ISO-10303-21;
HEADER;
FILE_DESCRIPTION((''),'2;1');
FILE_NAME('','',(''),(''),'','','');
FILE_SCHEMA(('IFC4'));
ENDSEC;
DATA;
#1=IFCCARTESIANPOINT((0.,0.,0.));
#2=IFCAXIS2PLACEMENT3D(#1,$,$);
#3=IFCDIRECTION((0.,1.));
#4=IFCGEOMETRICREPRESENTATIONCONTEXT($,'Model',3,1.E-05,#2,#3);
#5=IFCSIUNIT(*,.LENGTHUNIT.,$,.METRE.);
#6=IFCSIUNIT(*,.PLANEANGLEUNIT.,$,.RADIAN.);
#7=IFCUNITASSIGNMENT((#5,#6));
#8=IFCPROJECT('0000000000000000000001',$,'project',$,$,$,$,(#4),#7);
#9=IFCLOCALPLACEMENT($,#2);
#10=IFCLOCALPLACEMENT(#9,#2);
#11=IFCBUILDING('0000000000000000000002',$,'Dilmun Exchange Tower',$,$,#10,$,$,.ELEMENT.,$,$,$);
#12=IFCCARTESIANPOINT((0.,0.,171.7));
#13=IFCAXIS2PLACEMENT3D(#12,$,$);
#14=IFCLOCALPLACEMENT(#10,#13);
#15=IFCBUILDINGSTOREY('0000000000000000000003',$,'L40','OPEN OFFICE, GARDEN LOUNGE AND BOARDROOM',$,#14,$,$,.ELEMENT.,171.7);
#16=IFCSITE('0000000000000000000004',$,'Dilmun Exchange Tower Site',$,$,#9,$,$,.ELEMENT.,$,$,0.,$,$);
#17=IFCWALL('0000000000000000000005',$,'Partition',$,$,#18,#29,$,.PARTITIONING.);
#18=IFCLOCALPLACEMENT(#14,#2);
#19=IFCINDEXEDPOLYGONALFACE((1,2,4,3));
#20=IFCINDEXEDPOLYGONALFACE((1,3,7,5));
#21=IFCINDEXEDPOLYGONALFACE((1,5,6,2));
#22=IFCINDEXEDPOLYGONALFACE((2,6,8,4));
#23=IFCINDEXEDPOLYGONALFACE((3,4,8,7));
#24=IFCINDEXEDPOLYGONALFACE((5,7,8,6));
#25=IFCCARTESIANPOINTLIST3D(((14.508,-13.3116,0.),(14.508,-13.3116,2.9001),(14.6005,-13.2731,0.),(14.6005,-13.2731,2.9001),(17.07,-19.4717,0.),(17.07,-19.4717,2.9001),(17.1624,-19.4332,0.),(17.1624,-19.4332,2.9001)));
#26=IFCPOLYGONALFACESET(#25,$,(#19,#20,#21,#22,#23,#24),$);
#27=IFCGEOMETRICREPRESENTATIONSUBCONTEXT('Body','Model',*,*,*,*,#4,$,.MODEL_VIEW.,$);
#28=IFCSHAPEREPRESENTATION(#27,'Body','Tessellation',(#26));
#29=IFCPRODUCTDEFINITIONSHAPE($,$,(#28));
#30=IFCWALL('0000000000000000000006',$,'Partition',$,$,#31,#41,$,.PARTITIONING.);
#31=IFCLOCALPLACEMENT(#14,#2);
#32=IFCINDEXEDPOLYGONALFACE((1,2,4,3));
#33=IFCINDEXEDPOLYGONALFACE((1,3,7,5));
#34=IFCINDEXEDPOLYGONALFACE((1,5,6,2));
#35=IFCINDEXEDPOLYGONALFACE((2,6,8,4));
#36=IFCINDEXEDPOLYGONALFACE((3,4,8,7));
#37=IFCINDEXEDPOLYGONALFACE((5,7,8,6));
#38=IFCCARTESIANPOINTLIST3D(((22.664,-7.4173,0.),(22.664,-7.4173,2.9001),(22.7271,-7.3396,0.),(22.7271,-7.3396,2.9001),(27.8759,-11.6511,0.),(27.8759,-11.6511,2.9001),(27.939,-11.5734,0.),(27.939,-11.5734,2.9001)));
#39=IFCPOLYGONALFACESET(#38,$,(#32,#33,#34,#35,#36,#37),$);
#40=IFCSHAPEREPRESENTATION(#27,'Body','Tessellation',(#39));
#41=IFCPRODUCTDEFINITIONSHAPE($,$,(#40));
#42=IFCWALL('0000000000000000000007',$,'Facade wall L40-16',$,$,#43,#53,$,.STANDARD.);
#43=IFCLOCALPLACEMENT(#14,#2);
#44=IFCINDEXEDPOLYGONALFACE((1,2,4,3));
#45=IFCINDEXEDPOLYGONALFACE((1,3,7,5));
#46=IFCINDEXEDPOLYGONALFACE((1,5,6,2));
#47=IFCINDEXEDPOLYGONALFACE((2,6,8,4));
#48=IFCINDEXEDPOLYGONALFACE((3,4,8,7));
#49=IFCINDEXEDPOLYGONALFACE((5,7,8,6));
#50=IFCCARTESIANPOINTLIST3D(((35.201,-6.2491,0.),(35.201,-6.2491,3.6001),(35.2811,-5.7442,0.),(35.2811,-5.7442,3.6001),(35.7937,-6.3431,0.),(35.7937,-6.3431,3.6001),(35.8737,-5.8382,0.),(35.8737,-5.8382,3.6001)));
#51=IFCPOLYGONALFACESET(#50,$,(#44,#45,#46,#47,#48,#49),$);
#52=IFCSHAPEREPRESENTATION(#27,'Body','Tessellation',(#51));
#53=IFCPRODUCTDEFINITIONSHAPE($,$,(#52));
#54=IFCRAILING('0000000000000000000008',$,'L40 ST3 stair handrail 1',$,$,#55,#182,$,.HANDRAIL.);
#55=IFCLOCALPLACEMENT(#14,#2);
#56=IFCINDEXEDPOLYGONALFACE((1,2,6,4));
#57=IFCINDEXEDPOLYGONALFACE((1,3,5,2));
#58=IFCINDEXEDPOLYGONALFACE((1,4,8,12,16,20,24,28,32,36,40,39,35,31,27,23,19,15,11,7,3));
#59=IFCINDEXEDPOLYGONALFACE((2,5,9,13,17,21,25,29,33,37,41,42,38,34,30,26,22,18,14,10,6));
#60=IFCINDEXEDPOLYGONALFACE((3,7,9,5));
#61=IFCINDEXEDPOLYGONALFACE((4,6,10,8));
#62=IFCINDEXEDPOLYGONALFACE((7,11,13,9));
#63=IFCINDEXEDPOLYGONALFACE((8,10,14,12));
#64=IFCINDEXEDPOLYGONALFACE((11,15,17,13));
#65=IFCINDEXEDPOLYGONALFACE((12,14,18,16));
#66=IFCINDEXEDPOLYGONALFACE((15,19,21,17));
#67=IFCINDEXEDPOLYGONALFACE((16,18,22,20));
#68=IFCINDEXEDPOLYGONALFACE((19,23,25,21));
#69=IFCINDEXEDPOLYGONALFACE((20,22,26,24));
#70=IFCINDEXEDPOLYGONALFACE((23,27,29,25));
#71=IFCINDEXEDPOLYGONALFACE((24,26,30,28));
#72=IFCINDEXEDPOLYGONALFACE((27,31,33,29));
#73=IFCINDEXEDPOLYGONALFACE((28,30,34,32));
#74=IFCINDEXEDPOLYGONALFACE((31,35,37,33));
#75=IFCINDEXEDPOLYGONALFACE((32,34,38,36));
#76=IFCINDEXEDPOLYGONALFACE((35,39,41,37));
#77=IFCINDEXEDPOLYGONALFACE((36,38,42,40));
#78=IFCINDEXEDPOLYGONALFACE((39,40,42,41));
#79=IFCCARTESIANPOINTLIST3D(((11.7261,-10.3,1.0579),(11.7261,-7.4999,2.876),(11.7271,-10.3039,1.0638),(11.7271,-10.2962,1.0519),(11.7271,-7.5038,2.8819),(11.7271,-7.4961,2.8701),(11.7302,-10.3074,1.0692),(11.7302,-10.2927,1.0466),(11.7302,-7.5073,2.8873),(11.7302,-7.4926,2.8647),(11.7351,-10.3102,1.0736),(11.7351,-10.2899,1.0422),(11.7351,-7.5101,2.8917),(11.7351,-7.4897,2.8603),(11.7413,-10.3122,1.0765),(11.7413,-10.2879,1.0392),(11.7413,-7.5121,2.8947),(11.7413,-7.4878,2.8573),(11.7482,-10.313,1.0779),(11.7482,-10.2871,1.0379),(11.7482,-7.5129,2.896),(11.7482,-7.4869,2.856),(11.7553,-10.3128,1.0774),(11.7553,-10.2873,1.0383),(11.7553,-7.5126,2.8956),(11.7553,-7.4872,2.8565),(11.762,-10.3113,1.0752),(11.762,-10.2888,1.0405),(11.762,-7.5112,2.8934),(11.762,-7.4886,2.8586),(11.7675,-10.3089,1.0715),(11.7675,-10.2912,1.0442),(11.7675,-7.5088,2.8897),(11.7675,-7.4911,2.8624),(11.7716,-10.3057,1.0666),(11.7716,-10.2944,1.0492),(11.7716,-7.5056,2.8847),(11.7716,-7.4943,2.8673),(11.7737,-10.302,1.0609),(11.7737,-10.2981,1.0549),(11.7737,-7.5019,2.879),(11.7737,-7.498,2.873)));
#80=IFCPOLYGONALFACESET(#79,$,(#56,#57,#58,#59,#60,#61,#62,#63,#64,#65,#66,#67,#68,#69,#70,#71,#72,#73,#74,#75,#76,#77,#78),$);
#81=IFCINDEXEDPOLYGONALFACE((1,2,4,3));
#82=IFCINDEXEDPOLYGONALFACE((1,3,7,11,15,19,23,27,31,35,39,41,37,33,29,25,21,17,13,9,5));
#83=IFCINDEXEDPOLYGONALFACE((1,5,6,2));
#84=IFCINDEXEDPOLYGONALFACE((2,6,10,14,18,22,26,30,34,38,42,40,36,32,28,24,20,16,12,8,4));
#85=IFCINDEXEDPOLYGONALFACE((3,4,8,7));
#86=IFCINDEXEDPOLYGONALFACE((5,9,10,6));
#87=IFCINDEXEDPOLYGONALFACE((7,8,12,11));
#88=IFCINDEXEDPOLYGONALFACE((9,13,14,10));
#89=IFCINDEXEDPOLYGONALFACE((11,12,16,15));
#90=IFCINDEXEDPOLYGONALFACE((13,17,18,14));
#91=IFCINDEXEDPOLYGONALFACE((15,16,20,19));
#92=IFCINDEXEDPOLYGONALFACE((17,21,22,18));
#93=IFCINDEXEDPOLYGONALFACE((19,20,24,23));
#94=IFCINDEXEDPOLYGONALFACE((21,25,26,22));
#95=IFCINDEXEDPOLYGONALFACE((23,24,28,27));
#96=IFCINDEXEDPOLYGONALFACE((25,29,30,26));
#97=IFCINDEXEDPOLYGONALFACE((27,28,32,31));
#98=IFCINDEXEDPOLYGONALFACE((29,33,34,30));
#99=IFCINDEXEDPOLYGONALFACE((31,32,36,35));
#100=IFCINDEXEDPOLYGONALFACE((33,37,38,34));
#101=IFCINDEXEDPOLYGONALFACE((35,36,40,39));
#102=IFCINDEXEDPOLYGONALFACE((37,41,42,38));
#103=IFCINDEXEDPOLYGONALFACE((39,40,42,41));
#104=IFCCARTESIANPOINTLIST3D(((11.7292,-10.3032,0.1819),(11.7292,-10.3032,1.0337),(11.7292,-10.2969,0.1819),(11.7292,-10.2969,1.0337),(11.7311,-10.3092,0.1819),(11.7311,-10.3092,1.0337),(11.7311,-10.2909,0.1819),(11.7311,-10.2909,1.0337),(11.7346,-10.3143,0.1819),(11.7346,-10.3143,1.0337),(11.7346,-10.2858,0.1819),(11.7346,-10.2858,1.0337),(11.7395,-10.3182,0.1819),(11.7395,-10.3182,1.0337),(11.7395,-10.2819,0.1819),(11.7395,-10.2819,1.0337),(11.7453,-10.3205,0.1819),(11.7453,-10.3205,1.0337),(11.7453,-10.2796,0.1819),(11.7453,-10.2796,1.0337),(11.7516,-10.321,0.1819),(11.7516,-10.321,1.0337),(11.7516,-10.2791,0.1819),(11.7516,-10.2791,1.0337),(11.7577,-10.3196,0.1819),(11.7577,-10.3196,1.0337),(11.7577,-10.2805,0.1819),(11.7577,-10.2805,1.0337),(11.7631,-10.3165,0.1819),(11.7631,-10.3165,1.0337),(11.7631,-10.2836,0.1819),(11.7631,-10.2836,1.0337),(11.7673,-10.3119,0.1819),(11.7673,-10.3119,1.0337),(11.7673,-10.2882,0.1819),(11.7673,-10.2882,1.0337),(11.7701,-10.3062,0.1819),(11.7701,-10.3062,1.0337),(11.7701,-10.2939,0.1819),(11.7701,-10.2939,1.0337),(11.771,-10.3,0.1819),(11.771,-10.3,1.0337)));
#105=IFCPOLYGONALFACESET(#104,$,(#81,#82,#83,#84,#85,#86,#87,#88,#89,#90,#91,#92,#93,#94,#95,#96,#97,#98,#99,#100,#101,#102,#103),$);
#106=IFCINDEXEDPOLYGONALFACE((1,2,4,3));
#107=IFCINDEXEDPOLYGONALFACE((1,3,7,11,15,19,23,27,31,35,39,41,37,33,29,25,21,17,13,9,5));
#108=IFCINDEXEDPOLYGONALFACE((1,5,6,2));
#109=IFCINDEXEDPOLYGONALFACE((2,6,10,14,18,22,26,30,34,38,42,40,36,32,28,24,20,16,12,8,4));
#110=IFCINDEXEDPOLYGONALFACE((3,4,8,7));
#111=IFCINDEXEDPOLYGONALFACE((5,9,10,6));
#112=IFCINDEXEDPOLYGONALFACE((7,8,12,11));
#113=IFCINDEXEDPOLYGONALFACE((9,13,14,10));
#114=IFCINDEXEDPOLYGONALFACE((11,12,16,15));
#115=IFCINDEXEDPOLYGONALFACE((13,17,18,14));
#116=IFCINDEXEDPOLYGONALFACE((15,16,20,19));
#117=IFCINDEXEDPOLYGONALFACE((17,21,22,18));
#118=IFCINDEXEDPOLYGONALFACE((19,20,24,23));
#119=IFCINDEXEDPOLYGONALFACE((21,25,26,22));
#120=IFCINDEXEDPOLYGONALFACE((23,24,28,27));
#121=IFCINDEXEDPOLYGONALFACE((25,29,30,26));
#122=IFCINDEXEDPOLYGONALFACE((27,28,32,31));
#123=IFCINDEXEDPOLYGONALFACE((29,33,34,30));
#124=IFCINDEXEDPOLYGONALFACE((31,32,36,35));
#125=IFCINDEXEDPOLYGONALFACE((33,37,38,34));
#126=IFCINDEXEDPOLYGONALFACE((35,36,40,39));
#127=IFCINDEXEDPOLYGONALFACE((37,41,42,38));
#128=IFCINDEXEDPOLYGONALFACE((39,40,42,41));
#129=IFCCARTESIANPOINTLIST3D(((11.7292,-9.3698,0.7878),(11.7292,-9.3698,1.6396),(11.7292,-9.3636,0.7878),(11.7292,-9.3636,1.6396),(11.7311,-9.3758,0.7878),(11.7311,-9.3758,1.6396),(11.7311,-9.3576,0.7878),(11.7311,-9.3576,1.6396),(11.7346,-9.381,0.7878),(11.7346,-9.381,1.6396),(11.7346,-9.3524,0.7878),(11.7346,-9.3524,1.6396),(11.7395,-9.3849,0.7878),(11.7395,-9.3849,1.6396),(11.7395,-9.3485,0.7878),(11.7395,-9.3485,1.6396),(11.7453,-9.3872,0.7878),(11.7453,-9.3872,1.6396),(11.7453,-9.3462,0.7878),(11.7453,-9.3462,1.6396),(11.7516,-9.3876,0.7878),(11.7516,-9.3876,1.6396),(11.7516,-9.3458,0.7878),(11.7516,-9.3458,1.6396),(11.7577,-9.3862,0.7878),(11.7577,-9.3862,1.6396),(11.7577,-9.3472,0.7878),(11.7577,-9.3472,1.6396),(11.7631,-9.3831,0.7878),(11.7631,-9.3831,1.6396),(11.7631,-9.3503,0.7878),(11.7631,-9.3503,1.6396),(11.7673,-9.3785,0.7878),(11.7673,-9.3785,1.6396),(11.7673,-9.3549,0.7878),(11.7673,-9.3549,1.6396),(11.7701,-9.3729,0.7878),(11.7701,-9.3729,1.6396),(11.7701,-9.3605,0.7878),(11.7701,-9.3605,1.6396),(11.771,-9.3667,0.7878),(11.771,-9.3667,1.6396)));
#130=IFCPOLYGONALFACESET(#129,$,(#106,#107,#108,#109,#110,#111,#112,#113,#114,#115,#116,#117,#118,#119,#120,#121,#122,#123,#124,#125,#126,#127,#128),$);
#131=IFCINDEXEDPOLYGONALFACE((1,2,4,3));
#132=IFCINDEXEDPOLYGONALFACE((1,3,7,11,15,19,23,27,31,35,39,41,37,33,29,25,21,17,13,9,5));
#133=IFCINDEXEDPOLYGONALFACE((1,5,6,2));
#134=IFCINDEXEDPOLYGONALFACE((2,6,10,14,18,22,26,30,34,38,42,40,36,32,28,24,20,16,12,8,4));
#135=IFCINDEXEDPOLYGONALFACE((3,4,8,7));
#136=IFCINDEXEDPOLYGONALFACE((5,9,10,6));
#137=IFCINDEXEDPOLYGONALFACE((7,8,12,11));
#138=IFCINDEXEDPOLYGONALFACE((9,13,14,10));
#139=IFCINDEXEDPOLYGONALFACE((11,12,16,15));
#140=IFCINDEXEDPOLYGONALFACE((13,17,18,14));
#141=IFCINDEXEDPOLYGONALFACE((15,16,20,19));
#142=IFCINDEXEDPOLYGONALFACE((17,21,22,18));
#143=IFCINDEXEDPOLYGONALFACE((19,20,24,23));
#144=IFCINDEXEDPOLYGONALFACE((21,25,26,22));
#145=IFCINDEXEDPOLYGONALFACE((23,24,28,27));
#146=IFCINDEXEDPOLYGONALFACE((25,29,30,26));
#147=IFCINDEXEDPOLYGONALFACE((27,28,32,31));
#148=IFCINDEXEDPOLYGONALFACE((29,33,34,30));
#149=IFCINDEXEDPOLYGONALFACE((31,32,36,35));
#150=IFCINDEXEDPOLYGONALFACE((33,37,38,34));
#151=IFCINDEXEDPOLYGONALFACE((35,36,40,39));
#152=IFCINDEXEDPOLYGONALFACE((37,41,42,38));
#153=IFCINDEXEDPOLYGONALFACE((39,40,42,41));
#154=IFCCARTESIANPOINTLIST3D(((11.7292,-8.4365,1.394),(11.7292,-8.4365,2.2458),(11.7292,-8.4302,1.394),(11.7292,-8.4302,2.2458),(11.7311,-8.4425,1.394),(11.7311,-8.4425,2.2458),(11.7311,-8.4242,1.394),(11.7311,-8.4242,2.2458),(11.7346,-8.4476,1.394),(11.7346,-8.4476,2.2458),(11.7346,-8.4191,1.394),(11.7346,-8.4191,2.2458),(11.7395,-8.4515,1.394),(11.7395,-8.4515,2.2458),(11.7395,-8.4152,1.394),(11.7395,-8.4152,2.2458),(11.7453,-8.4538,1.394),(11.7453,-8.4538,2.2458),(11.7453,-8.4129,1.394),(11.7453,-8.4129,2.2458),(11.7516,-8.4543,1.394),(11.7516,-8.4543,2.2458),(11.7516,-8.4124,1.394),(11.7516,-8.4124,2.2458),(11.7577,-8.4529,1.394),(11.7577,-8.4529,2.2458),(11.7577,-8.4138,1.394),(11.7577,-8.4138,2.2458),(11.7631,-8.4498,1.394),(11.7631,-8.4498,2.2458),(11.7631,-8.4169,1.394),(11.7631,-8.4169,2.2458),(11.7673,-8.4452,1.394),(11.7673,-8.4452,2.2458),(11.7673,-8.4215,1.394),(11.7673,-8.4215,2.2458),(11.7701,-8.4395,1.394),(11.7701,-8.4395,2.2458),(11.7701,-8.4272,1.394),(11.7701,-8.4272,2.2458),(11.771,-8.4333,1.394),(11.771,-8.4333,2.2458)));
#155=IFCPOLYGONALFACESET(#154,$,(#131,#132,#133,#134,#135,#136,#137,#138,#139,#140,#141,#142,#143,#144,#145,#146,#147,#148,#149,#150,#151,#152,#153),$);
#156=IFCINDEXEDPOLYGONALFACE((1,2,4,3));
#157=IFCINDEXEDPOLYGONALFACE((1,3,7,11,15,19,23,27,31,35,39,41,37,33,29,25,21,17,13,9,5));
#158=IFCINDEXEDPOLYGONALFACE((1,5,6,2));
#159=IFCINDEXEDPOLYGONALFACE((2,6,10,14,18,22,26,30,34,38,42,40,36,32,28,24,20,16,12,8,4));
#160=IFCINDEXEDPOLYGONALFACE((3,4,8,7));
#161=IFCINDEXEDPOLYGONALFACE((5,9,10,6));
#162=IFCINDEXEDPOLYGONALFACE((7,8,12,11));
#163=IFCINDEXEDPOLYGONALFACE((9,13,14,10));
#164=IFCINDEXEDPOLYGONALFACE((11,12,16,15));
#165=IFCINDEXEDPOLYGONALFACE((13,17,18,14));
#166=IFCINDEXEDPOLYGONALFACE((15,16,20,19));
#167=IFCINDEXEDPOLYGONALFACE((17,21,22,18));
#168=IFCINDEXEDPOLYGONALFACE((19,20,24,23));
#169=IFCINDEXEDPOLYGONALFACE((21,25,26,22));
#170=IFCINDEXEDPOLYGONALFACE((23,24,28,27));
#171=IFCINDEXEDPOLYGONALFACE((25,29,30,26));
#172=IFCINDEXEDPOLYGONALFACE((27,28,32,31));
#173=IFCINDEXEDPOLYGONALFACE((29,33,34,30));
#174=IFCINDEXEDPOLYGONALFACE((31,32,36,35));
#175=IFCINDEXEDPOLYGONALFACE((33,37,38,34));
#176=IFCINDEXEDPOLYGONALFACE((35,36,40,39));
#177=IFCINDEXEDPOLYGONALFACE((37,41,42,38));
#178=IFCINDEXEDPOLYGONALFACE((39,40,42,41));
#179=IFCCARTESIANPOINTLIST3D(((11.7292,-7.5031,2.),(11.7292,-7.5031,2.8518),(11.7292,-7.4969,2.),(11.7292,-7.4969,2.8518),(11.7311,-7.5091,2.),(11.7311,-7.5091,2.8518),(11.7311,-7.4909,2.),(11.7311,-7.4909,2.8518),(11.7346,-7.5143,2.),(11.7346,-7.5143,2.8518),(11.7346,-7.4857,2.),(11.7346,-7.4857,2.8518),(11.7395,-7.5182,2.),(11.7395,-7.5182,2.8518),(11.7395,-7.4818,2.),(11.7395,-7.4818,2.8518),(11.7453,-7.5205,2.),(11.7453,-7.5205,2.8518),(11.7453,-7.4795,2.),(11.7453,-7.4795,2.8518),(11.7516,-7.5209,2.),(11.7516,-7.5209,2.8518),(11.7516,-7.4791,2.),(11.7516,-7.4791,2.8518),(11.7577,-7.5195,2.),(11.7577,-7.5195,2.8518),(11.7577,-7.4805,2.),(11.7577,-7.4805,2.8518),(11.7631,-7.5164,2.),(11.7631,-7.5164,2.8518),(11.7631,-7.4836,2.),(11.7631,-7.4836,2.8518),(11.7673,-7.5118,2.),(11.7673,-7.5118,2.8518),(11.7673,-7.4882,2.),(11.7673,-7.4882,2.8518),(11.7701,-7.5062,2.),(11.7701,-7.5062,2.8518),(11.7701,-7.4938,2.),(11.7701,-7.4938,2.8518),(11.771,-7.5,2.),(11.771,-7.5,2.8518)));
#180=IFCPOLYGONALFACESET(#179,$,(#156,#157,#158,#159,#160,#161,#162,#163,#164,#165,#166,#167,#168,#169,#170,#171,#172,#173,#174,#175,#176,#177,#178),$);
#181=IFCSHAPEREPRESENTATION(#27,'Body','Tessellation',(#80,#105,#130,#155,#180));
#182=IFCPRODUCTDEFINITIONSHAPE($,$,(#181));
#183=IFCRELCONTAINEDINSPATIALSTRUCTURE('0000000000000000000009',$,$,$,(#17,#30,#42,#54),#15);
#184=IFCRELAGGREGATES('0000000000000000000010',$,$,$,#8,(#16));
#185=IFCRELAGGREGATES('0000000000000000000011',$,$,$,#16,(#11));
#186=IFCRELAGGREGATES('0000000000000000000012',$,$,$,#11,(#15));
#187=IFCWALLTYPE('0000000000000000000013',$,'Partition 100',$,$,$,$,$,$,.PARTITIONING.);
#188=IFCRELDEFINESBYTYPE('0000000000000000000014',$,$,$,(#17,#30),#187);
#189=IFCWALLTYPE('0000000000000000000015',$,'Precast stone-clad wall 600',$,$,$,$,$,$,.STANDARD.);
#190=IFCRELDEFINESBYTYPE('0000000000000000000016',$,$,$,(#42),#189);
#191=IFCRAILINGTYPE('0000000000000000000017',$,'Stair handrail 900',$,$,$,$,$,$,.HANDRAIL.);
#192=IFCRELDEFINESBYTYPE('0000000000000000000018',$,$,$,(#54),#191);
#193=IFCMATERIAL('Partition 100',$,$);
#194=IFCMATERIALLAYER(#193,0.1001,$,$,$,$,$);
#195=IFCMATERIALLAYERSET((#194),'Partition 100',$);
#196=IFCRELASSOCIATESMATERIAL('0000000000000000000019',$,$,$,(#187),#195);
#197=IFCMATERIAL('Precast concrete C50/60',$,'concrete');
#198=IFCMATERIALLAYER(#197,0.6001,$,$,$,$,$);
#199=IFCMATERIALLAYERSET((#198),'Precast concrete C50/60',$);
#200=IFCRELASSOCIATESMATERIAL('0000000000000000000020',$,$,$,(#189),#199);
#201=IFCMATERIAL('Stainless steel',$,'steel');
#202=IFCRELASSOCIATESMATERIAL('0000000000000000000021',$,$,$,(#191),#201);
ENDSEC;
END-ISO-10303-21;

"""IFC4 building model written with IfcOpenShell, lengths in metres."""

from ifc_helpers import new_model, si_unit, direction, frame, frame_2d, origin, origin_2d, place, context, subcontext, project, spatial, rectangle, circle, extrude, material, layer, layer_set, type_object, element, save


model = new_model("IFC4")

# Units and contexts
model_context = context("Model", 3, precision=1e-05, world=origin(), true_north=direction((0.0, 1.0)))
body_context = subcontext(model_context, "Body", "Model", "MODEL_VIEW")
ifc_project = project(units=[si_unit("LENGTHUNIT", "METRE"), si_unit("PLANEANGLEUNIT", "RADIAN")], contexts=[model_context])

# Site, building, storey
site_placement = place(None, origin())
site = spatial("IfcSite", under=ifc_project, at=site_placement, Name="Dilmun Exchange Tower Site", CompositionType="ELEMENT", RefElevation=0.0)
building_placement = place(site_placement, origin())
building = spatial("IfcBuilding", under=site, at=building_placement, Name="Dilmun Exchange Tower", CompositionType="ELEMENT")
storey_placement = place(building_placement, frame((0.0, 0.0, 171.7)))
storey = spatial("IfcBuildingStorey", under=building, at=storey_placement, Name="L40", Description="OPEN OFFICE, GARDEN LOUNGE AND BOARDROOM", CompositionType="ELEMENT", Elevation=171.7)

# Walls
ifc_material_1 = material(Name="Partition 100")
ifc_layer_1 = layer(ifc_material_1, 0.1001)
ifc_layer_set_1 = layer_set([ifc_layer_1], Name="Partition 100")
wall_type_1 = type_object("IfcWallType", Name="Partition 100", PredefinedType="PARTITIONING", material=ifc_layer_set_1)
wall_1_placement = place(storey_placement, frame((14.5542, -13.2922, 0.0), z_axis=(0.0, 0.0, 1.0), x_axis=(0.384012, -0.923328, 0.0)))
element("IfcWall", 1, at=wall_1_placement, inside=storey, type_object=wall_type_1, Name="Partition", PredefinedType="PARTITIONING", context=body_context, shape_type="SweptSolid", body=[
    extrude(rectangle(XDim=6.6716, YDim=0.1001, at=frame_2d((3.3359, 0.0))), origin(), (0.0, 0.0, 1.0), 2.9001),
])
wall_2_placement = place(storey_placement, frame((22.6956, -7.3784, 0.0), z_axis=(0.0, 0.0, 1.0), x_axis=(0.776172, -0.630521, 0.0)))
element("IfcWall", 2, at=wall_2_placement, inside=storey, type_object=wall_type_1, Name="Partition", PredefinedType="PARTITIONING", context=body_context, shape_type="SweptSolid", body=[
    extrude(rectangle(XDim=6.7148, YDim=0.1001, at=frame_2d((3.3574, 0.0))), origin(), (0.0, 0.0, 1.0), 2.9001),
])
ifc_material_2 = material(Name="Precast concrete C50/60", Category="concrete")
ifc_layer_2 = layer(ifc_material_2, 0.6001)
ifc_layer_set_2 = layer_set([ifc_layer_2], Name="Precast concrete C50/60")
wall_type_2 = type_object("IfcWallType", Name="Precast stone-clad wall 600", PredefinedType="STANDARD", material=ifc_layer_set_2)
wall_3_placement = place(storey_placement, frame((35.4973, -6.2961, 0.0), z_axis=(0.0, 0.0, 1.0), x_axis=(0.156649, 0.987654, 0.0)))
element("IfcWall", 3, at=wall_3_placement, inside=storey, type_object=wall_type_2, Name="Facade wall L40-16", PredefinedType="STANDARD", context=body_context, shape_type="SweptSolid", body=[
    extrude(rectangle(XDim=0.5112, YDim=0.6001, at=frame_2d((0.2556, 0.0))), origin(), (0.0, 0.0, 1.0), 3.6001),
])

# Railing
ifc_material_3 = material(Name="Stainless steel", Category="steel")
railing_type = type_object("IfcRailingType", Name="Stair handrail 900", PredefinedType="HANDRAIL", material=ifc_material_3)
railing_placement = place(storey_placement, frame((11.75, -10.3, 0.1819)))
element("IfcRailing", 4, at=railing_placement, inside=storey, type_object=railing_type, Name="L40 ST3 stair handrail 1", PredefinedType="HANDRAIL", context=body_context, shape_type="SweptSolid", body=[
    extrude(circle(Radius=0.0239, at=origin_2d()), frame((0.0, 0.0, 0.876), z_axis=(0.0, 0.838706, 0.544585), x_axis=(-1.0, 0.0, 0.0)), (0.0, 0.0, 1.0), 3.3386),
    extrude(circle(Radius=0.021, at=origin_2d()), origin(), (0.0, 0.0, 1.0), 0.8518),
    extrude(circle(Radius=0.021, at=origin_2d()), frame((0.0, 0.9333, 0.606)), (0.0, 0.0, 1.0), 0.8518),
    extrude(circle(Radius=0.021, at=origin_2d()), frame((0.0, 1.8667, 1.2122)), (0.0, 0.0, 1.0), 0.8518),
    extrude(circle(Radius=0.021, at=origin_2d()), frame((0.0, 2.8, 1.8181)), (0.0, 0.0, 1.0), 0.8518),
])

save(model, "model.ifc")
